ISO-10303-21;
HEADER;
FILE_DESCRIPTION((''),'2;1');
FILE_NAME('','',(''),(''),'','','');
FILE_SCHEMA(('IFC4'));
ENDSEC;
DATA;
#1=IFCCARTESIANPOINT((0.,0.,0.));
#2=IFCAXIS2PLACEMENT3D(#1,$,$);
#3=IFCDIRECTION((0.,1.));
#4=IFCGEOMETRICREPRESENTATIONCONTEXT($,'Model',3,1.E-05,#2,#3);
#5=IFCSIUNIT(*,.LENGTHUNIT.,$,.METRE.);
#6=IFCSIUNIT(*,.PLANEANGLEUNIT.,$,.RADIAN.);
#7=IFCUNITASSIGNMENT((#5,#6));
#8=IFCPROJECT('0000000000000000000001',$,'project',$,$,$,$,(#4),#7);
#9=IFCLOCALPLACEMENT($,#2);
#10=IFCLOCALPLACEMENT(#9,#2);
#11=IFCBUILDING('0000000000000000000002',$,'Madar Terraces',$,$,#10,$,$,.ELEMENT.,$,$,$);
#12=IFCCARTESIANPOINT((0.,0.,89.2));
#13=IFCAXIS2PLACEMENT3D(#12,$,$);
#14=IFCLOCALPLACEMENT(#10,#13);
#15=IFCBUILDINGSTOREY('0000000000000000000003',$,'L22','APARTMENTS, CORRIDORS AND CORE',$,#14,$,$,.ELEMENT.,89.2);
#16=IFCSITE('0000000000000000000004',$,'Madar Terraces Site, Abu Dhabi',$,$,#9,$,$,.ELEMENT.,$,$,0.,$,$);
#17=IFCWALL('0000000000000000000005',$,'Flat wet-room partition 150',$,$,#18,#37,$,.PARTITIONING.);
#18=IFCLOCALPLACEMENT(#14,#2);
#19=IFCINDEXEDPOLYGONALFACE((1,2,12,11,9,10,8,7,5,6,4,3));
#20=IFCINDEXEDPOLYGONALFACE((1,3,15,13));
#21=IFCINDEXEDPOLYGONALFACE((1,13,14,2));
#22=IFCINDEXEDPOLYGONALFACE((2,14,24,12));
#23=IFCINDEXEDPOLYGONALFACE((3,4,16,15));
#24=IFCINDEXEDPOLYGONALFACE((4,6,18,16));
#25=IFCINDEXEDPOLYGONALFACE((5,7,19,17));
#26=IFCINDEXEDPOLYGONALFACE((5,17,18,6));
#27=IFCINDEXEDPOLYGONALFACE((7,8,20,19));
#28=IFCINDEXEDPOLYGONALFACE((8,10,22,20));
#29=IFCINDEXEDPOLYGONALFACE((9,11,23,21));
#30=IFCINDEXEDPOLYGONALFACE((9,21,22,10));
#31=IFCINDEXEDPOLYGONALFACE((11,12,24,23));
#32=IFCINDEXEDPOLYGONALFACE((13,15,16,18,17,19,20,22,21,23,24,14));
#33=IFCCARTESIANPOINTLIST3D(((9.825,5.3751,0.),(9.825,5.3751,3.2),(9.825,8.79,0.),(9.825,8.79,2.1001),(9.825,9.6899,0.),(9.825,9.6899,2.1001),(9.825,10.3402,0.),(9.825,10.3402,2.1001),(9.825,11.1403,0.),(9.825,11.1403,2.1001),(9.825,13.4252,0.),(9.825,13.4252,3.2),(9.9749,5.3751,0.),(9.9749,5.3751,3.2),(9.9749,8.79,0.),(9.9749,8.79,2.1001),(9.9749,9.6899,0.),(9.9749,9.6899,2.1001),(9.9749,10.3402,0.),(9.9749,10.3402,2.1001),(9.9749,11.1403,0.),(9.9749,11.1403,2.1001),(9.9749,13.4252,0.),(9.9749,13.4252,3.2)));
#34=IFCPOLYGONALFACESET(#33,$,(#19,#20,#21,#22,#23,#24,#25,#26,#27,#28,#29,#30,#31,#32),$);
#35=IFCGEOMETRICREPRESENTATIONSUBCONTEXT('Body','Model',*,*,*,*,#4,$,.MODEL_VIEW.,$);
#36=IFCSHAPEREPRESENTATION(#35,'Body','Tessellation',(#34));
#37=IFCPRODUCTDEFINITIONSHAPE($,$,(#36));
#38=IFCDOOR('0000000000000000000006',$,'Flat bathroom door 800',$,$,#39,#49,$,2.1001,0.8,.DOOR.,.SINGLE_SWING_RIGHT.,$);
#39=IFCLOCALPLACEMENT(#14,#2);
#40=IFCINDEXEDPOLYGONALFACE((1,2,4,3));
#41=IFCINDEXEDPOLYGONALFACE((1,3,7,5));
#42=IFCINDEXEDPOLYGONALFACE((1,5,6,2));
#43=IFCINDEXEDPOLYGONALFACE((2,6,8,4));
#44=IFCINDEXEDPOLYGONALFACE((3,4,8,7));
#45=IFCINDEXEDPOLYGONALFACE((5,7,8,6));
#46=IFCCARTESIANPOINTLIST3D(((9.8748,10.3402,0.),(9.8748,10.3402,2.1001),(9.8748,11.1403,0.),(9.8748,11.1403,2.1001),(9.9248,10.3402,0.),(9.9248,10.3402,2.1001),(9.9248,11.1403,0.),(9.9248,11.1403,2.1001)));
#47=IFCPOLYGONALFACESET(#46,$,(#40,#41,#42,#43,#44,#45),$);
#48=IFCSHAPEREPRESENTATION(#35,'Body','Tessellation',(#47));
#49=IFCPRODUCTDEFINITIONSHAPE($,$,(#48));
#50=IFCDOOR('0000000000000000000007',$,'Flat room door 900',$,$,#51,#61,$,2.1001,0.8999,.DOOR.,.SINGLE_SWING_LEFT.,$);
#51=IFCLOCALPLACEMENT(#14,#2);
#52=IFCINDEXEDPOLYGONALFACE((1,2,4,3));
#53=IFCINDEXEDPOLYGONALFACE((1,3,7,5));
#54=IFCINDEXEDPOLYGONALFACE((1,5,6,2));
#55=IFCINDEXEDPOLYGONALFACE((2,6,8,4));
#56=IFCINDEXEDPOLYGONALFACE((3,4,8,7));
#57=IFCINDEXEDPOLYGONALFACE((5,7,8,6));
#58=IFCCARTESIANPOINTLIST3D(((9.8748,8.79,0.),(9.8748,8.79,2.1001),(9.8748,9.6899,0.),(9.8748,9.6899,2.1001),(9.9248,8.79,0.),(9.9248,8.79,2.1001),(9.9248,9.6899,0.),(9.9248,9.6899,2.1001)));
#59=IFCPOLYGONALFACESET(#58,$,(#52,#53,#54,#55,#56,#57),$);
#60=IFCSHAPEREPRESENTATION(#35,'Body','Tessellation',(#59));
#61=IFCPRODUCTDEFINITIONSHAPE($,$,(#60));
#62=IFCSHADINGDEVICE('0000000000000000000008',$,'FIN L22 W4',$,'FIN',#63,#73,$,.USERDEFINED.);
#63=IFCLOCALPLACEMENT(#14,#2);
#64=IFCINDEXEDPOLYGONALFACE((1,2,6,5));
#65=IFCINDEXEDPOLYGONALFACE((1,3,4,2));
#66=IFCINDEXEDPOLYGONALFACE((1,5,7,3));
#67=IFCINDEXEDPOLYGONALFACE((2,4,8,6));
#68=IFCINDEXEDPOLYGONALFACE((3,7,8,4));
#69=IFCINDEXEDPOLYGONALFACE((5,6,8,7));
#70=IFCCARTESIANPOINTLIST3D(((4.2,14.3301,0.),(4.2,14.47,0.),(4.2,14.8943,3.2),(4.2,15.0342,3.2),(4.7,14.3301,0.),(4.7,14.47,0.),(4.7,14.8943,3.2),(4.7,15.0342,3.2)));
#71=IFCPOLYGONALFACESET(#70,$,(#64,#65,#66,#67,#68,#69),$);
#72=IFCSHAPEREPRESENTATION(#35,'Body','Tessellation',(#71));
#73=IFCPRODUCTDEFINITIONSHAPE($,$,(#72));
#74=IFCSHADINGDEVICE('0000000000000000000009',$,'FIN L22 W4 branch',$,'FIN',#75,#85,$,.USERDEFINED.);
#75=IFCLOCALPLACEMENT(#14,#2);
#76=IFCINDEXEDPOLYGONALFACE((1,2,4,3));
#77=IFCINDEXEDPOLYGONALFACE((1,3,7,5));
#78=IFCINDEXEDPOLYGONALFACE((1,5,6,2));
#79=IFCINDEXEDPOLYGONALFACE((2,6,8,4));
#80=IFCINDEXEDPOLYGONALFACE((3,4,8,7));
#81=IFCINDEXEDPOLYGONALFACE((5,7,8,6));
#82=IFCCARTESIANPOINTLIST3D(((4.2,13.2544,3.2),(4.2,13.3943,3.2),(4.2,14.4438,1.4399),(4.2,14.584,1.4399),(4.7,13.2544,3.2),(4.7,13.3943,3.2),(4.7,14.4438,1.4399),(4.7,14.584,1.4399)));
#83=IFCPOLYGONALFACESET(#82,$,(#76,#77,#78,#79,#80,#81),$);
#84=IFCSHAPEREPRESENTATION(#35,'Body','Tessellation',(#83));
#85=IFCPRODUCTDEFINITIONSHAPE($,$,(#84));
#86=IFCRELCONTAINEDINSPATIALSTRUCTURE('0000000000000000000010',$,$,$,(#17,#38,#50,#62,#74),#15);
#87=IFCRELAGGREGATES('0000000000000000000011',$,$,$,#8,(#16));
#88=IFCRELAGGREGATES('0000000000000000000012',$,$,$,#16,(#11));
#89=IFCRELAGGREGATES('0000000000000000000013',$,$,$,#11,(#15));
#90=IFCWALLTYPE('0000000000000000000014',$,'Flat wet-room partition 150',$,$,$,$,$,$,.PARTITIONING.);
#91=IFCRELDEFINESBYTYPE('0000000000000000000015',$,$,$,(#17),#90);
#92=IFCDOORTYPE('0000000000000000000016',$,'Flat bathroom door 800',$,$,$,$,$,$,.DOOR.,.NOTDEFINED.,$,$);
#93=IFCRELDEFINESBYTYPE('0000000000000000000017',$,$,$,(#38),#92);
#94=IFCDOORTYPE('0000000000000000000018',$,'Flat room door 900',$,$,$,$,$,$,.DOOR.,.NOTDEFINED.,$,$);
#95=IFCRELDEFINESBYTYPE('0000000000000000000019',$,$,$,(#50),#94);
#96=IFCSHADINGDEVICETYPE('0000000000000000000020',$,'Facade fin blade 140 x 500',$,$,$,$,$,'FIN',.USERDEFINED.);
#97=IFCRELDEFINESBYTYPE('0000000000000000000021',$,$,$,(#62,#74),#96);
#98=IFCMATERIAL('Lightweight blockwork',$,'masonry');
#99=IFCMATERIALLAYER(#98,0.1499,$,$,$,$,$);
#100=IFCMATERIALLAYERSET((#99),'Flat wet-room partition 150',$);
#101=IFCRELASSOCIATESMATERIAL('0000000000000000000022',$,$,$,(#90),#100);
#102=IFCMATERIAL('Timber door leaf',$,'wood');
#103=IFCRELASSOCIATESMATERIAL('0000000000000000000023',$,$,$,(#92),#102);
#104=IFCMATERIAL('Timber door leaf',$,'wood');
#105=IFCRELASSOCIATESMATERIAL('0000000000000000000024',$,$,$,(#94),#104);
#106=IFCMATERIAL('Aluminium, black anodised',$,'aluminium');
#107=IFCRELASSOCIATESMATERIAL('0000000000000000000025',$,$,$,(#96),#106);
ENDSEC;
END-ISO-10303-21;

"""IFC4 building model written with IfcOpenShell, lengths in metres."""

from ifc_helpers import new_model, si_unit, direction, frame, frame_2d, origin, place, context, subcontext, project, spatial, polyline, rectangle, outline, extrude, material, layer, layer_set, type_object, element, fill, save


model = new_model("IFC4")

# Units and contexts
model_context = context("Model", 3, precision=1e-05, world=origin(), true_north=direction((0.0, 1.0)))
body_context = subcontext(model_context, "Body", "Model", "MODEL_VIEW")
ifc_project = project(units=[si_unit("LENGTHUNIT", "METRE"), si_unit("PLANEANGLEUNIT", "RADIAN")], contexts=[model_context])

# Site, building, storey
site_placement = place(None, origin())
site = spatial("IfcSite", under=ifc_project, at=site_placement, Name="Madar Terraces Site, Abu Dhabi", CompositionType="ELEMENT", RefElevation=0.0)
building_placement = place(site_placement, origin())
building = spatial("IfcBuilding", under=site, at=building_placement, Name="Madar Terraces", CompositionType="ELEMENT")
storey_placement = place(building_placement, frame((0.0, 0.0, 89.2)))
storey = spatial("IfcBuildingStorey", under=building, at=storey_placement, Name="L22", Description="APARTMENTS, CORRIDORS AND CORE", CompositionType="ELEMENT", Elevation=89.2)

# Shared definitions
ifc_material_1 = material(Name="Lightweight blockwork", Category="masonry")
ifc_layer_1 = layer(ifc_material_1, 0.1499)
ifc_layer_set_1 = layer_set([ifc_layer_1], Name="Flat wet-room partition 150")
wall_type_1 = type_object("IfcWallType", Name="Flat wet-room partition 150", PredefinedType="PARTITIONING", material=ifc_layer_set_1)
ifc_material_2 = material(Name="Timber door leaf", Category="wood")
door_type_1 = type_object("IfcDoorType", Name="Flat bathroom door 800", OperationType="NOTDEFINED", PredefinedType="DOOR", material=ifc_material_2)
ifc_material_3 = material(Name="Timber door leaf", Category="wood")
door_type_2 = type_object("IfcDoorType", Name="Flat room door 900", OperationType="NOTDEFINED", PredefinedType="DOOR", material=ifc_material_3)

# Wall, openings, doors
wall_1_placement = place(storey_placement, frame((9.8999, 13.425, 0.0), z_axis=(0.0, 0.0, 1.0), x_axis=(0.0, -1.0, 0.0)))
wall_1 = element("IfcWall", 1, at=wall_1_placement, inside=storey, type_object=wall_type_1, Name="Flat wet-room partition 150", PredefinedType="PARTITIONING", context=body_context, shape_type="SweptSolid", body=[
    extrude(rectangle(XDim=8.05, YDim=0.1499, at=frame_2d((4.0249, 0.0))), origin(), (0.0, 0.0, 1.0), 3.2),
])
opening_1_placement = place(wall_1_placement, frame((2.2849, 0.0, 0.0)))
opening_1 = element("IfcOpeningElement", 2, at=opening_1_placement, cuts=wall_1, PredefinedType="OPENING", context=body_context, shape_type="SweptSolid", body=[
    extrude(rectangle(XDim=0.8, YDim=2.1001, at=frame_2d((0.3999, 1.05))), frame((0.0, 0.085, 0.0), z_axis=(0.0, -1.0, 0.0), x_axis=(1.0, 0.0, 0.0)), (0.0, 0.0, 1.0), 0.1699),
])
opening_2_placement = place(wall_1_placement, frame((3.7351, 0.0, 0.0)))
opening_2 = element("IfcOpeningElement", 3, at=opening_2_placement, cuts=wall_1, PredefinedType="OPENING", context=body_context, shape_type="SweptSolid", body=[
    extrude(rectangle(XDim=0.8999, YDim=2.1001, at=frame_2d((0.45, 1.05))), frame((0.0, 0.085, 0.0), z_axis=(0.0, -1.0, 0.0), x_axis=(1.0, 0.0, 0.0)), (0.0, 0.0, 1.0), 0.1699),
])
door_1_placement = place(opening_1_placement, origin())
door_1 = element("IfcDoor", 4, at=door_1_placement, inside=storey, type_object=door_type_1, Name="Flat bathroom door 800", OperationType="SINGLE_SWING_RIGHT", OverallHeight=2.1001, OverallWidth=0.8, PredefinedType="DOOR", context=body_context, shape_type="SweptSolid", body=[
    extrude(rectangle(XDim=0.8, YDim=2.1001, at=frame_2d((0.3999, 1.05))), frame((0.0, 0.0249, 0.0), z_axis=(0.0, -1.0, 0.0), x_axis=(1.0, 0.0, 0.0)), (0.0, 0.0, 1.0), 0.05),
])
fill(opening_1, door_1)
door_2_placement = place(opening_2_placement, origin())
door_2 = element("IfcDoor", 5, at=door_2_placement, inside=storey, type_object=door_type_2, Name="Flat room door 900", OperationType="SINGLE_SWING_LEFT", OverallHeight=2.1001, OverallWidth=0.8999, PredefinedType="DOOR", context=body_context, shape_type="SweptSolid", body=[
    extrude(rectangle(XDim=0.8999, YDim=2.1001, at=frame_2d((0.45, 1.05))), frame((0.0, 0.0249, 0.0), z_axis=(0.0, -1.0, 0.0), x_axis=(1.0, 0.0, 0.0)), (0.0, 0.0, 1.0), 0.05),
])
fill(opening_2, door_2)

# Shading devices
ifc_material_4 = material(Name="Aluminium, black anodised", Category="aluminium")
shading_device_type = type_object("IfcShadingDeviceType", Name="Facade fin blade 140 x 500", ElementType="FIN", PredefinedType="USERDEFINED", material=ifc_material_4)
shading_device_1_placement = place(storey_placement, frame((4.45, 14.47, 0.0), z_axis=(0.0, 0.0, 1.0), x_axis=(0.0, -1.0, 0.0)))
element("IfcShadingDevice", 6, at=shading_device_1_placement, inside=storey, type_object=shading_device_type, Name="FIN L22 W4", ObjectType="FIN", PredefinedType="USERDEFINED", context=body_context, shape_type="SweptSolid", body=[
    extrude(outline(polyline([(0.0, 0.0), (0.1399, 0.0), (-0.4243, 3.2), (-0.5642, 3.2), (0.0, 0.0)])), frame((0.0, 0.25, 0.0), z_axis=(0.0, -1.0, 0.0), x_axis=(1.0, 0.0, 0.0)), (0.0, 0.0, 1.0), 0.5),
])
shading_device_2_placement = place(storey_placement, frame((4.45, 14.584, 1.4399), z_axis=(0.0, 0.0, 1.0), x_axis=(0.0, -1.0, 0.0)))
element("IfcShadingDevice", 7, at=shading_device_2_placement, inside=storey, type_object=shading_device_type, Name="FIN L22 W4 branch", ObjectType="FIN", PredefinedType="USERDEFINED", context=body_context, shape_type="SweptSolid", body=[
    extrude(outline(polyline([(0.0, 0.0), (0.1401, 0.0), (1.3296, 1.76), (1.1897, 1.76), (0.0, 0.0)])), frame((0.0, 0.25, 0.0), z_axis=(0.0, -1.0, 0.0), x_axis=(1.0, 0.0, 0.0)), (0.0, 0.0, 1.0), 0.5),
])

save(model, "model.ifc")
